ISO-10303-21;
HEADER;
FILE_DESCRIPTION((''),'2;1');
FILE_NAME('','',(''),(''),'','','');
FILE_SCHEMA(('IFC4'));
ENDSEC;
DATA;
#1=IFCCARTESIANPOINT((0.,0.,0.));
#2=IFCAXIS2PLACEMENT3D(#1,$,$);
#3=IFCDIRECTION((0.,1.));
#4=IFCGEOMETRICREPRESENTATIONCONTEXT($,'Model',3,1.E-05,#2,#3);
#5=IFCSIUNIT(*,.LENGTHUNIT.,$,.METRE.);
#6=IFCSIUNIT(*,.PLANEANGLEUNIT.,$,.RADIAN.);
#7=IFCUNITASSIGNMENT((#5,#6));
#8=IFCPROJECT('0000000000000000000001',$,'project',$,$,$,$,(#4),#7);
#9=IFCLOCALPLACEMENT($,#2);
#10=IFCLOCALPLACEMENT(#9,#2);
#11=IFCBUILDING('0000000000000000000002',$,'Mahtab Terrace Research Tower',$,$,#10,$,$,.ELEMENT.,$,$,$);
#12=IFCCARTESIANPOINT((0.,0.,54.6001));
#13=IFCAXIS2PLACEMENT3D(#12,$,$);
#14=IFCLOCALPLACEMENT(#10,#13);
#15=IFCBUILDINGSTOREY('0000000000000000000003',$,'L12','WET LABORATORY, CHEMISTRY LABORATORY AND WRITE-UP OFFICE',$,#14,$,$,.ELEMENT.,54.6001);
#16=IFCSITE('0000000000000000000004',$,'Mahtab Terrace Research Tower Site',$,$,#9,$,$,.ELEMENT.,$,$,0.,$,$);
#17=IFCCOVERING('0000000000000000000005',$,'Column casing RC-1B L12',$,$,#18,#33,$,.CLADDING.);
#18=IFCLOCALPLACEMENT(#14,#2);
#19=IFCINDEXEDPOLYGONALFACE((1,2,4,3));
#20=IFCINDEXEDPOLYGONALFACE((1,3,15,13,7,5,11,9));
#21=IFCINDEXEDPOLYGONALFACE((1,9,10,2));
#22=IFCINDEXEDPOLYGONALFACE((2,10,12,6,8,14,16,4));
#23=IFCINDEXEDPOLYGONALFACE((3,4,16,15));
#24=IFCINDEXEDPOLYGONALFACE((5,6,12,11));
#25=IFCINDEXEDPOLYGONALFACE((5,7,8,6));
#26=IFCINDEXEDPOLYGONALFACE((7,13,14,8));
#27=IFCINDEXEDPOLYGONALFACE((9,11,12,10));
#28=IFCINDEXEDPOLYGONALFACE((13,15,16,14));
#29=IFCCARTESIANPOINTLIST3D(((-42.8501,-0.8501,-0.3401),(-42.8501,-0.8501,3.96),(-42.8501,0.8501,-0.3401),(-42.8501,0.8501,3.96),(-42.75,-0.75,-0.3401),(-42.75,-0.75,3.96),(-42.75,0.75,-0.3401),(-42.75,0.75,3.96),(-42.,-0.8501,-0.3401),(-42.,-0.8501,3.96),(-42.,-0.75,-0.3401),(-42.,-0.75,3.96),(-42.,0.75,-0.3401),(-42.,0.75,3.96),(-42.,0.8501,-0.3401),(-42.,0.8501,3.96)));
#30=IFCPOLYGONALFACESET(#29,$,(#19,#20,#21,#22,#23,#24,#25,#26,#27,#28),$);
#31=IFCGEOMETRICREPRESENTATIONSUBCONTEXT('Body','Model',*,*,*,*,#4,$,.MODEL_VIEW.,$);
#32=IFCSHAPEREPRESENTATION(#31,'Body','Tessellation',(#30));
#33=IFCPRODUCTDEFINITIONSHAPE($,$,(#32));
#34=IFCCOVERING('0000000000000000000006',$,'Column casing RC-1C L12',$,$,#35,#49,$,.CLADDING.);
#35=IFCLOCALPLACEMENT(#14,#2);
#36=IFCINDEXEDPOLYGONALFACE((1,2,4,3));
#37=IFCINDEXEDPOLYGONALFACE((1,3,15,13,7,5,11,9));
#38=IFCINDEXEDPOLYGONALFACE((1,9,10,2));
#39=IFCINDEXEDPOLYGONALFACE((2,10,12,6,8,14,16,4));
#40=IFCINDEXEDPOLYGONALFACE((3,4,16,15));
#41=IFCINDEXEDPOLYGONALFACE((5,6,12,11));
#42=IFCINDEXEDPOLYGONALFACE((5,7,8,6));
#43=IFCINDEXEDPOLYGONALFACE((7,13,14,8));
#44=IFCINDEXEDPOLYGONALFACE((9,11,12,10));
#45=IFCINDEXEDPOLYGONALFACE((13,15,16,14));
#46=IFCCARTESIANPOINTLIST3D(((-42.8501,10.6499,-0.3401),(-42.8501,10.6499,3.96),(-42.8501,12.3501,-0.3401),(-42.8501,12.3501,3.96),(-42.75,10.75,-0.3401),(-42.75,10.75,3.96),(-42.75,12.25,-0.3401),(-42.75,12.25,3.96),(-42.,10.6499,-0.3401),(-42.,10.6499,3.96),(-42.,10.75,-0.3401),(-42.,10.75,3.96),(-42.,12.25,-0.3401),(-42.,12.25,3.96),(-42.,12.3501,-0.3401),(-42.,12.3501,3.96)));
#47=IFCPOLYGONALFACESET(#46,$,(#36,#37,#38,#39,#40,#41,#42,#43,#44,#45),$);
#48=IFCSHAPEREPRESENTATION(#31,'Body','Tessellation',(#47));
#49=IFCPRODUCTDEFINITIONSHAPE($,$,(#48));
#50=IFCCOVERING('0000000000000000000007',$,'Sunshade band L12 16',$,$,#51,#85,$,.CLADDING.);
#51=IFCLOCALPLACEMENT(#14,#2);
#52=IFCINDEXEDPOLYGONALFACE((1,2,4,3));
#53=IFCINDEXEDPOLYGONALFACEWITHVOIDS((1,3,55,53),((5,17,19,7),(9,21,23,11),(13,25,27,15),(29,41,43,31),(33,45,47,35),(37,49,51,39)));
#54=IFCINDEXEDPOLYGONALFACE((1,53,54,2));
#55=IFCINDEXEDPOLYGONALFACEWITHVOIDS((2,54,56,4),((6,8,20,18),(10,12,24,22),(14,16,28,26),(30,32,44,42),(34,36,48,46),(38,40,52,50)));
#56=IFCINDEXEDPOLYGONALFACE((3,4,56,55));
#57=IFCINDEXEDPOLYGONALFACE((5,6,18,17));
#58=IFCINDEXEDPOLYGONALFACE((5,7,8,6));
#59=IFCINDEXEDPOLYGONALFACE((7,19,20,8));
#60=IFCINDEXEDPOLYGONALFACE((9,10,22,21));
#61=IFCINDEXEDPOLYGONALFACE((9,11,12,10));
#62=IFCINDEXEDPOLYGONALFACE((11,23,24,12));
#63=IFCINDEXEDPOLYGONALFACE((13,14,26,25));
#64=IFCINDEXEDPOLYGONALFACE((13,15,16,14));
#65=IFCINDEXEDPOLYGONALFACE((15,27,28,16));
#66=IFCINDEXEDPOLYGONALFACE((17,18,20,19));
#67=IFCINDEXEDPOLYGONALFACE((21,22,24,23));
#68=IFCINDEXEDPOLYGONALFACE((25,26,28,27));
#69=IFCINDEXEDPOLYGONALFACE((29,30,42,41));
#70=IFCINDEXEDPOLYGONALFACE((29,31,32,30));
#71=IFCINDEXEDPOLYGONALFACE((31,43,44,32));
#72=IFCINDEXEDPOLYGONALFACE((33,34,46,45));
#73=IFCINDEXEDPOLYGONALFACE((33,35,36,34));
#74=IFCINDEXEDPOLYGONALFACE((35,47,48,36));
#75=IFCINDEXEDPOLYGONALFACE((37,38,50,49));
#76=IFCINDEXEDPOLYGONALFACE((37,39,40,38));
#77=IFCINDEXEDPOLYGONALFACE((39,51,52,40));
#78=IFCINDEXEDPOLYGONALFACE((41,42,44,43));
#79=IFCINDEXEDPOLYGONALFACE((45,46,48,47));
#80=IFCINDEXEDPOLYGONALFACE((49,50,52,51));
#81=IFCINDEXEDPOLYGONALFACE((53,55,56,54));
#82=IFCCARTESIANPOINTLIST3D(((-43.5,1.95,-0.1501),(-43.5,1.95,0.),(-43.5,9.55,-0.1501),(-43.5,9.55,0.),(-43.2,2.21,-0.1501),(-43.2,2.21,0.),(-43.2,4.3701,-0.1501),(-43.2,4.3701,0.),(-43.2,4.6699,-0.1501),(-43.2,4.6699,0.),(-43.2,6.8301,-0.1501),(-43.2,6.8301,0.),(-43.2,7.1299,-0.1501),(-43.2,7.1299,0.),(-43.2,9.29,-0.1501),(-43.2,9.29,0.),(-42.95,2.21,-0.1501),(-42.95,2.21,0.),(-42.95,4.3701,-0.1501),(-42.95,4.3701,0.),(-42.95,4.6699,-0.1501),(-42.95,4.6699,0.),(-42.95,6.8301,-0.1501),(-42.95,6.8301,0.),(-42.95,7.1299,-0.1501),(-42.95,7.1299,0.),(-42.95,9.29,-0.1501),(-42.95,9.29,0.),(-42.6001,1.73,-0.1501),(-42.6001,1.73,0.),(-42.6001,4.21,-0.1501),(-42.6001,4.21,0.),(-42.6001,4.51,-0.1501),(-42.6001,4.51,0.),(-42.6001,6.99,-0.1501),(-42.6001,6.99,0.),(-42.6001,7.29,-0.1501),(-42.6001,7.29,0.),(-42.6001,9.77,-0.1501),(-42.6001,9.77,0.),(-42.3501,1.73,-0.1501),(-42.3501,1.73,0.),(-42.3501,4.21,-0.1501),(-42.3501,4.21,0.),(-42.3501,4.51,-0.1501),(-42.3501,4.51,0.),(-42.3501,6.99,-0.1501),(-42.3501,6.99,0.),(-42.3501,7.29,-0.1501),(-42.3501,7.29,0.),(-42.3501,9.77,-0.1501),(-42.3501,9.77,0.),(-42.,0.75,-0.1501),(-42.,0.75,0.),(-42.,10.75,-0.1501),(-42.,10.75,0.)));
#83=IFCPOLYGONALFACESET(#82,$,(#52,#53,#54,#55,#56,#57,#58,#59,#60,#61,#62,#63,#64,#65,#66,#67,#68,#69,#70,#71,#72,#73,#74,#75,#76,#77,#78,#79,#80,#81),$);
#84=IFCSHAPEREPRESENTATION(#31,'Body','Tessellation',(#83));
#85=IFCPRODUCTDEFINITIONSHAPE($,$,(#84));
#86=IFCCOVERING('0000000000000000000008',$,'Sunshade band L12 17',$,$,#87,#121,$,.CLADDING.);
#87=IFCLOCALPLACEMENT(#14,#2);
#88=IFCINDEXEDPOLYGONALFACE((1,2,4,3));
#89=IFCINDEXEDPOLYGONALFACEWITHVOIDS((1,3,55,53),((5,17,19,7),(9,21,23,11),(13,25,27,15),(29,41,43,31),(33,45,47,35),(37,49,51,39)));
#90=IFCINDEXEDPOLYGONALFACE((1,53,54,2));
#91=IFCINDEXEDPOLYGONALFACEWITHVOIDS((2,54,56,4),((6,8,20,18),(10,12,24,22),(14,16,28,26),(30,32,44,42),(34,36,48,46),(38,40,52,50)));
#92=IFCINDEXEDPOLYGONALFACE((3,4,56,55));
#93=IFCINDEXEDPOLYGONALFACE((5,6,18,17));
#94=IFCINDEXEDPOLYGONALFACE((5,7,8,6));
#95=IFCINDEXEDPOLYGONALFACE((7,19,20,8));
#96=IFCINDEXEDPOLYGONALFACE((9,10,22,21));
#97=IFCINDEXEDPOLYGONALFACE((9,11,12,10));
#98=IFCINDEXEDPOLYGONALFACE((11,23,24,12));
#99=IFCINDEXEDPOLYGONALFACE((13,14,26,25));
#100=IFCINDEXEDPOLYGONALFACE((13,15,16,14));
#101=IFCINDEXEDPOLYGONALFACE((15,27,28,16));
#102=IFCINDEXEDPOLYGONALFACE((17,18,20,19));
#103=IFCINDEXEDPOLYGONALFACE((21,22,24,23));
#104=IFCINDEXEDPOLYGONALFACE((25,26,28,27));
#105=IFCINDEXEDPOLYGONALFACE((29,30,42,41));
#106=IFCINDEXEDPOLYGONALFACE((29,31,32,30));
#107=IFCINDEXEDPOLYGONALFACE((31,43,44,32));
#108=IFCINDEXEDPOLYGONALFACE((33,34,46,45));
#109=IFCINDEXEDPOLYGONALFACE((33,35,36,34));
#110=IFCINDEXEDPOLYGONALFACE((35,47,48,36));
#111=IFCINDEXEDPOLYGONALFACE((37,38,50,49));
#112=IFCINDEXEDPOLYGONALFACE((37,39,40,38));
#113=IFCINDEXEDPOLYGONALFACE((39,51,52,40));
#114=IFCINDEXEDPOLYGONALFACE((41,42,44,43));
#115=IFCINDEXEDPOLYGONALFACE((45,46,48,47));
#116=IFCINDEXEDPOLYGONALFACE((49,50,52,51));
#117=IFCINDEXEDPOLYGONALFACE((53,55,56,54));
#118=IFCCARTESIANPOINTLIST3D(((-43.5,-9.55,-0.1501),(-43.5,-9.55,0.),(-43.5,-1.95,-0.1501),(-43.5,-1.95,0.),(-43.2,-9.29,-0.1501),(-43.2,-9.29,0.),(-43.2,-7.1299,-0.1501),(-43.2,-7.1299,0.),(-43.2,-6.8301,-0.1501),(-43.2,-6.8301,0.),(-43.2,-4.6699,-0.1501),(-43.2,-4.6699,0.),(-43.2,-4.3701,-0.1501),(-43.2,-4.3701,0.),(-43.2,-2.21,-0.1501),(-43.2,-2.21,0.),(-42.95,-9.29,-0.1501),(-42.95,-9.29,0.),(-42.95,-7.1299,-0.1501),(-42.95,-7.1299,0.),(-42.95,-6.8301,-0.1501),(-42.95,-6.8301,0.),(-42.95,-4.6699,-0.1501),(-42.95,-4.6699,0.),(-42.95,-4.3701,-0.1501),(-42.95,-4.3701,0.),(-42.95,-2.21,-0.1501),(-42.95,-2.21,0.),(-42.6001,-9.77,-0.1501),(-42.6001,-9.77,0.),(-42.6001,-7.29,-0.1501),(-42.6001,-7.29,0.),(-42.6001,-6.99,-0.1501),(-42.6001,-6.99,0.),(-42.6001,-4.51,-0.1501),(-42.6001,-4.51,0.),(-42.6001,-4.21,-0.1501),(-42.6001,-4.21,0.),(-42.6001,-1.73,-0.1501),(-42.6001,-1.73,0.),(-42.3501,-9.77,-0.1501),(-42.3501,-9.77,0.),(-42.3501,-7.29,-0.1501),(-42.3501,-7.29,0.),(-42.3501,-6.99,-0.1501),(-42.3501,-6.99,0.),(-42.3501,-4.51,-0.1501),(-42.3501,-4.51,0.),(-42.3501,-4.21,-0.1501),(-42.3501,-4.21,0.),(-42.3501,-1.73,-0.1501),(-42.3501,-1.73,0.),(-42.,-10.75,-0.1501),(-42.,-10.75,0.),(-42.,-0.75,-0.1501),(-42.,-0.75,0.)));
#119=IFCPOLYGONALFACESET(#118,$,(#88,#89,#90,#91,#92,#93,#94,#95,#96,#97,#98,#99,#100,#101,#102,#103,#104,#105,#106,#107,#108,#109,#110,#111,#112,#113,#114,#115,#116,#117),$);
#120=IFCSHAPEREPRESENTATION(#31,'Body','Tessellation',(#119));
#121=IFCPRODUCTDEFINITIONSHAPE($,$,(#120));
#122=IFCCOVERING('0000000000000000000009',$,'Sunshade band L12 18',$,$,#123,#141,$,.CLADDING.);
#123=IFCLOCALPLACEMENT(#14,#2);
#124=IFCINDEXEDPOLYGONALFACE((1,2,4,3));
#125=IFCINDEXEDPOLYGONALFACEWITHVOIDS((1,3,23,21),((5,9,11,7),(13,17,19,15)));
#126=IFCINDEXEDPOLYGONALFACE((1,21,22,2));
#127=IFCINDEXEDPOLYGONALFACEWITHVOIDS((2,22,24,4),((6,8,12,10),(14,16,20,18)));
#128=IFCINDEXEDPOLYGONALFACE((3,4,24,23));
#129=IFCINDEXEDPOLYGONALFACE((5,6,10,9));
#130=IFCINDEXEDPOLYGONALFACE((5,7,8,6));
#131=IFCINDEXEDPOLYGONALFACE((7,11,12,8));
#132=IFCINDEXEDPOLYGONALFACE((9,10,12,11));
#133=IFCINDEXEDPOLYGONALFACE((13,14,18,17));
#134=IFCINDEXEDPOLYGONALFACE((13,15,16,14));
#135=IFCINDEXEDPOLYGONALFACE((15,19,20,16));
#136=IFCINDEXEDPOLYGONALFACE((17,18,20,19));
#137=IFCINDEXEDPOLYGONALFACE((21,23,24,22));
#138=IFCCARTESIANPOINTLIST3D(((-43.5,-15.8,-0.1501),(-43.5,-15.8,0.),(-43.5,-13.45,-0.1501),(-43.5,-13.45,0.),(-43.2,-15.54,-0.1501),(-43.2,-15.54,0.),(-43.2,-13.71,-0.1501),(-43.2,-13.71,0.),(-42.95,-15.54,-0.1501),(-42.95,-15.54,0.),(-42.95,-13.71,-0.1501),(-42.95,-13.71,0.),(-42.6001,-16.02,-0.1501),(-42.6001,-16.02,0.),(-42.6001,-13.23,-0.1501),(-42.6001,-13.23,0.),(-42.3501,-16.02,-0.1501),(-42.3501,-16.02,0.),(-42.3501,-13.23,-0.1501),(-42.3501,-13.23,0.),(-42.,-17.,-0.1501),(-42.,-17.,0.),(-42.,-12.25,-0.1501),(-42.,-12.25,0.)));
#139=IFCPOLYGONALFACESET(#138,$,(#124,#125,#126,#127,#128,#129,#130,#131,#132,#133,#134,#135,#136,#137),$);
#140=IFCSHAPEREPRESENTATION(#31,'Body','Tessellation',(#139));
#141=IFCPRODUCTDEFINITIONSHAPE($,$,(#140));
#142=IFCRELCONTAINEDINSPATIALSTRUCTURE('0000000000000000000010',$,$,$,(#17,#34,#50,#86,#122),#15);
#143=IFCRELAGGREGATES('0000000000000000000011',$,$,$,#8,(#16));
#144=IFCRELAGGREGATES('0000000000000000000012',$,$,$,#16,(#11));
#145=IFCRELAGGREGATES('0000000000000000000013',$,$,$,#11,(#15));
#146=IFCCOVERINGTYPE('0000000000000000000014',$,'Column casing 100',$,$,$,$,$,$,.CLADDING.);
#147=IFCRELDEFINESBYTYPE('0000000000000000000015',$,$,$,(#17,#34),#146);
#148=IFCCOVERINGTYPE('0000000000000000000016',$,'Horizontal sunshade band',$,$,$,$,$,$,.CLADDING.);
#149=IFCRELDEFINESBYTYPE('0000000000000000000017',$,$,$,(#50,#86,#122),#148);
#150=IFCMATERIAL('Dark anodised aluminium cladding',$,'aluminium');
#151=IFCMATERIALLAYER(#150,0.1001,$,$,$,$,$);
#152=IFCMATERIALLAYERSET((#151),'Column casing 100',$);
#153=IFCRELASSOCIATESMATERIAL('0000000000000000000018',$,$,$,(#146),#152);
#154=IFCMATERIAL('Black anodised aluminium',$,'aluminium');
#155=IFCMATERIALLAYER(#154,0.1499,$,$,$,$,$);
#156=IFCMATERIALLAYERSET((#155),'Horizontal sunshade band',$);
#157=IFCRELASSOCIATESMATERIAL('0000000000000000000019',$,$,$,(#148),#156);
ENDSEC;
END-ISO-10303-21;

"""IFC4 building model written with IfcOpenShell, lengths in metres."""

from ifc_helpers import new_model, si_unit, direction, frame, origin, place, context, subcontext, project, spatial, polyline, outline, extrude, material, layer, layer_set, type_object, element, save


model = new_model("IFC4")

# Units and contexts
model_context = context("Model", 3, precision=1e-05, world=origin(), true_north=direction((0.0, 1.0)))
body_context = subcontext(model_context, "Body", "Model", "MODEL_VIEW")
ifc_project = project(units=[si_unit("LENGTHUNIT", "METRE"), si_unit("PLANEANGLEUNIT", "RADIAN")], contexts=[model_context])

# Site, building, storey
site_placement = place(None, origin())
site = spatial("IfcSite", under=ifc_project, at=site_placement, Name="Mahtab Terrace Research Tower Site", CompositionType="ELEMENT", RefElevation=0.0)
building_placement = place(site_placement, origin())
building = spatial("IfcBuilding", under=site, at=building_placement, Name="Mahtab Terrace Research Tower", CompositionType="ELEMENT")
storey_placement = place(building_placement, frame((0.0, 0.0, 54.6001)))
storey = spatial("IfcBuildingStorey", under=building, at=storey_placement, Name="L12", Description="WET LABORATORY, CHEMISTRY LABORATORY AND WRITE-UP OFFICE", CompositionType="ELEMENT", Elevation=54.6001)

# Coverings
ifc_material_1 = material(Name="Dark anodised aluminium cladding", Category="aluminium")
ifc_layer_1 = layer(ifc_material_1, 0.1001)
ifc_layer_set_1 = layer_set([ifc_layer_1], Name="Column casing 100")
covering_type_1 = type_object("IfcCoveringType", Name="Column casing 100", PredefinedType="CLADDING", material=ifc_layer_set_1)
covering_1_placement = place(storey_placement, frame((0.0, 0.0, -0.3401)))
element("IfcCovering", 1, at=covering_1_placement, inside=storey, type_object=covering_type_1, Name="Column casing RC-1B L12", PredefinedType="CLADDING", context=body_context, shape_type="SweptSolid", body=[
    extrude(outline(polyline([(-42.8501, 0.8501), (-42.0, 0.8501), (-42.0, 0.75), (-42.75, 0.75), (-42.75, -0.75), (-42.0, -0.75), (-42.0, -0.8501), (-42.8501, -0.8501), (-42.8501, 0.8501)])), origin(), (0.0, 0.0, 1.0), 4.3),
])
covering_2_placement = place(storey_placement, frame((0.0, 0.0, -0.3401)))
element("IfcCovering", 2, at=covering_2_placement, inside=storey, type_object=covering_type_1, Name="Column casing RC-1C L12", PredefinedType="CLADDING", context=body_context, shape_type="SweptSolid", body=[
    extrude(outline(polyline([(-42.8501, 12.3501), (-42.0, 12.3501), (-42.0, 12.25), (-42.75, 12.25), (-42.75, 10.75), (-42.0, 10.75), (-42.0, 10.6499), (-42.8501, 10.6499), (-42.8501, 12.3501)])), origin(), (0.0, 0.0, 1.0), 4.3),
])
ifc_material_2 = material(Name="Black anodised aluminium", Category="aluminium")
ifc_layer_2 = layer(ifc_material_2, 0.1499)
ifc_layer_set_2 = layer_set([ifc_layer_2], Name="Horizontal sunshade band")
covering_type_2 = type_object("IfcCoveringType", Name="Horizontal sunshade band", PredefinedType="CLADDING", material=ifc_layer_set_2)
covering_3_placement = place(storey_placement, frame((0.0, 0.0, -0.1501)))
element("IfcCovering", 3, at=covering_3_placement, inside=storey, type_object=covering_type_2, Name="Sunshade band L12 16", PredefinedType="CLADDING", context=body_context, shape_type="SweptSolid", body=[
    extrude(outline(polyline([(-42.0, 10.75), (-42.0, 0.75), (-43.5, 1.95), (-43.5, 9.55), (-42.0, 10.75)]), holes=[polyline([(-42.3501, 9.77), (-42.3501, 7.29), (-42.6001, 7.29), (-42.6001, 9.77), (-42.3501, 9.77)]), polyline([(-42.3501, 6.99), (-42.3501, 4.51), (-42.6001, 4.51), (-42.6001, 6.99), (-42.3501, 6.99)]), polyline([(-42.3501, 4.21), (-42.3501, 1.73), (-42.6001, 1.73), (-42.6001, 4.21), (-42.3501, 4.21)]), polyline([(-42.95, 9.29), (-42.95, 7.1299), (-43.2, 7.1299), (-43.2, 9.29), (-42.95, 9.29)]), polyline([(-42.95, 6.8301), (-42.95, 4.6699), (-43.2, 4.6699), (-43.2, 6.8301), (-42.95, 6.8301)]), polyline([(-42.95, 4.3701), (-42.95, 2.21), (-43.2, 2.21), (-43.2, 4.3701), (-42.95, 4.3701)])]), origin(), (0.0, 0.0, 1.0), 0.1501),
])
covering_4_placement = place(storey_placement, frame((0.0, 0.0, -0.1501)))
element("IfcCovering", 4, at=covering_4_placement, inside=storey, type_object=covering_type_2, Name="Sunshade band L12 17", PredefinedType="CLADDING", context=body_context, shape_type="SweptSolid", body=[
    extrude(outline(polyline([(-42.0, -0.75), (-42.0, -10.75), (-43.5, -9.55), (-43.5, -1.95), (-42.0, -0.75)]), holes=[polyline([(-42.3501, -1.73), (-42.3501, -4.21), (-42.6001, -4.21), (-42.6001, -1.73), (-42.3501, -1.73)]), polyline([(-42.3501, -4.51), (-42.3501, -6.99), (-42.6001, -6.99), (-42.6001, -4.51), (-42.3501, -4.51)]), polyline([(-42.3501, -7.29), (-42.3501, -9.77), (-42.6001, -9.77), (-42.6001, -7.29), (-42.3501, -7.29)]), polyline([(-42.95, -2.21), (-42.95, -4.3701), (-43.2, -4.3701), (-43.2, -2.21), (-42.95, -2.21)]), polyline([(-42.95, -4.6699), (-42.95, -6.8301), (-43.2, -6.8301), (-43.2, -4.6699), (-42.95, -4.6699)]), polyline([(-42.95, -7.1299), (-42.95, -9.29), (-43.2, -9.29), (-43.2, -7.1299), (-42.95, -7.1299)])]), origin(), (0.0, 0.0, 1.0), 0.1501),
])
covering_5_placement = place(storey_placement, frame((0.0, 0.0, -0.1501)))
element("IfcCovering", 5, at=covering_5_placement, inside=storey, type_object=covering_type_2, Name="Sunshade band L12 18", PredefinedType="CLADDING", context=body_context, shape_type="SweptSolid", body=[
    extrude(outline(polyline([(-42.0, -12.25), (-42.0, -17.0), (-43.5, -15.8), (-43.5, -13.45), (-42.0, -12.25)]), holes=[polyline([(-42.3501, -13.23), (-42.3501, -16.02), (-42.6001, -16.02), (-42.6001, -13.23), (-42.3501, -13.23)]), polyline([(-42.95, -13.71), (-42.95, -15.54), (-43.2, -15.54), (-43.2, -13.71), (-42.95, -13.71)])]), origin(), (0.0, 0.0, 1.0), 0.1501),
])

save(model, "model.ifc")
